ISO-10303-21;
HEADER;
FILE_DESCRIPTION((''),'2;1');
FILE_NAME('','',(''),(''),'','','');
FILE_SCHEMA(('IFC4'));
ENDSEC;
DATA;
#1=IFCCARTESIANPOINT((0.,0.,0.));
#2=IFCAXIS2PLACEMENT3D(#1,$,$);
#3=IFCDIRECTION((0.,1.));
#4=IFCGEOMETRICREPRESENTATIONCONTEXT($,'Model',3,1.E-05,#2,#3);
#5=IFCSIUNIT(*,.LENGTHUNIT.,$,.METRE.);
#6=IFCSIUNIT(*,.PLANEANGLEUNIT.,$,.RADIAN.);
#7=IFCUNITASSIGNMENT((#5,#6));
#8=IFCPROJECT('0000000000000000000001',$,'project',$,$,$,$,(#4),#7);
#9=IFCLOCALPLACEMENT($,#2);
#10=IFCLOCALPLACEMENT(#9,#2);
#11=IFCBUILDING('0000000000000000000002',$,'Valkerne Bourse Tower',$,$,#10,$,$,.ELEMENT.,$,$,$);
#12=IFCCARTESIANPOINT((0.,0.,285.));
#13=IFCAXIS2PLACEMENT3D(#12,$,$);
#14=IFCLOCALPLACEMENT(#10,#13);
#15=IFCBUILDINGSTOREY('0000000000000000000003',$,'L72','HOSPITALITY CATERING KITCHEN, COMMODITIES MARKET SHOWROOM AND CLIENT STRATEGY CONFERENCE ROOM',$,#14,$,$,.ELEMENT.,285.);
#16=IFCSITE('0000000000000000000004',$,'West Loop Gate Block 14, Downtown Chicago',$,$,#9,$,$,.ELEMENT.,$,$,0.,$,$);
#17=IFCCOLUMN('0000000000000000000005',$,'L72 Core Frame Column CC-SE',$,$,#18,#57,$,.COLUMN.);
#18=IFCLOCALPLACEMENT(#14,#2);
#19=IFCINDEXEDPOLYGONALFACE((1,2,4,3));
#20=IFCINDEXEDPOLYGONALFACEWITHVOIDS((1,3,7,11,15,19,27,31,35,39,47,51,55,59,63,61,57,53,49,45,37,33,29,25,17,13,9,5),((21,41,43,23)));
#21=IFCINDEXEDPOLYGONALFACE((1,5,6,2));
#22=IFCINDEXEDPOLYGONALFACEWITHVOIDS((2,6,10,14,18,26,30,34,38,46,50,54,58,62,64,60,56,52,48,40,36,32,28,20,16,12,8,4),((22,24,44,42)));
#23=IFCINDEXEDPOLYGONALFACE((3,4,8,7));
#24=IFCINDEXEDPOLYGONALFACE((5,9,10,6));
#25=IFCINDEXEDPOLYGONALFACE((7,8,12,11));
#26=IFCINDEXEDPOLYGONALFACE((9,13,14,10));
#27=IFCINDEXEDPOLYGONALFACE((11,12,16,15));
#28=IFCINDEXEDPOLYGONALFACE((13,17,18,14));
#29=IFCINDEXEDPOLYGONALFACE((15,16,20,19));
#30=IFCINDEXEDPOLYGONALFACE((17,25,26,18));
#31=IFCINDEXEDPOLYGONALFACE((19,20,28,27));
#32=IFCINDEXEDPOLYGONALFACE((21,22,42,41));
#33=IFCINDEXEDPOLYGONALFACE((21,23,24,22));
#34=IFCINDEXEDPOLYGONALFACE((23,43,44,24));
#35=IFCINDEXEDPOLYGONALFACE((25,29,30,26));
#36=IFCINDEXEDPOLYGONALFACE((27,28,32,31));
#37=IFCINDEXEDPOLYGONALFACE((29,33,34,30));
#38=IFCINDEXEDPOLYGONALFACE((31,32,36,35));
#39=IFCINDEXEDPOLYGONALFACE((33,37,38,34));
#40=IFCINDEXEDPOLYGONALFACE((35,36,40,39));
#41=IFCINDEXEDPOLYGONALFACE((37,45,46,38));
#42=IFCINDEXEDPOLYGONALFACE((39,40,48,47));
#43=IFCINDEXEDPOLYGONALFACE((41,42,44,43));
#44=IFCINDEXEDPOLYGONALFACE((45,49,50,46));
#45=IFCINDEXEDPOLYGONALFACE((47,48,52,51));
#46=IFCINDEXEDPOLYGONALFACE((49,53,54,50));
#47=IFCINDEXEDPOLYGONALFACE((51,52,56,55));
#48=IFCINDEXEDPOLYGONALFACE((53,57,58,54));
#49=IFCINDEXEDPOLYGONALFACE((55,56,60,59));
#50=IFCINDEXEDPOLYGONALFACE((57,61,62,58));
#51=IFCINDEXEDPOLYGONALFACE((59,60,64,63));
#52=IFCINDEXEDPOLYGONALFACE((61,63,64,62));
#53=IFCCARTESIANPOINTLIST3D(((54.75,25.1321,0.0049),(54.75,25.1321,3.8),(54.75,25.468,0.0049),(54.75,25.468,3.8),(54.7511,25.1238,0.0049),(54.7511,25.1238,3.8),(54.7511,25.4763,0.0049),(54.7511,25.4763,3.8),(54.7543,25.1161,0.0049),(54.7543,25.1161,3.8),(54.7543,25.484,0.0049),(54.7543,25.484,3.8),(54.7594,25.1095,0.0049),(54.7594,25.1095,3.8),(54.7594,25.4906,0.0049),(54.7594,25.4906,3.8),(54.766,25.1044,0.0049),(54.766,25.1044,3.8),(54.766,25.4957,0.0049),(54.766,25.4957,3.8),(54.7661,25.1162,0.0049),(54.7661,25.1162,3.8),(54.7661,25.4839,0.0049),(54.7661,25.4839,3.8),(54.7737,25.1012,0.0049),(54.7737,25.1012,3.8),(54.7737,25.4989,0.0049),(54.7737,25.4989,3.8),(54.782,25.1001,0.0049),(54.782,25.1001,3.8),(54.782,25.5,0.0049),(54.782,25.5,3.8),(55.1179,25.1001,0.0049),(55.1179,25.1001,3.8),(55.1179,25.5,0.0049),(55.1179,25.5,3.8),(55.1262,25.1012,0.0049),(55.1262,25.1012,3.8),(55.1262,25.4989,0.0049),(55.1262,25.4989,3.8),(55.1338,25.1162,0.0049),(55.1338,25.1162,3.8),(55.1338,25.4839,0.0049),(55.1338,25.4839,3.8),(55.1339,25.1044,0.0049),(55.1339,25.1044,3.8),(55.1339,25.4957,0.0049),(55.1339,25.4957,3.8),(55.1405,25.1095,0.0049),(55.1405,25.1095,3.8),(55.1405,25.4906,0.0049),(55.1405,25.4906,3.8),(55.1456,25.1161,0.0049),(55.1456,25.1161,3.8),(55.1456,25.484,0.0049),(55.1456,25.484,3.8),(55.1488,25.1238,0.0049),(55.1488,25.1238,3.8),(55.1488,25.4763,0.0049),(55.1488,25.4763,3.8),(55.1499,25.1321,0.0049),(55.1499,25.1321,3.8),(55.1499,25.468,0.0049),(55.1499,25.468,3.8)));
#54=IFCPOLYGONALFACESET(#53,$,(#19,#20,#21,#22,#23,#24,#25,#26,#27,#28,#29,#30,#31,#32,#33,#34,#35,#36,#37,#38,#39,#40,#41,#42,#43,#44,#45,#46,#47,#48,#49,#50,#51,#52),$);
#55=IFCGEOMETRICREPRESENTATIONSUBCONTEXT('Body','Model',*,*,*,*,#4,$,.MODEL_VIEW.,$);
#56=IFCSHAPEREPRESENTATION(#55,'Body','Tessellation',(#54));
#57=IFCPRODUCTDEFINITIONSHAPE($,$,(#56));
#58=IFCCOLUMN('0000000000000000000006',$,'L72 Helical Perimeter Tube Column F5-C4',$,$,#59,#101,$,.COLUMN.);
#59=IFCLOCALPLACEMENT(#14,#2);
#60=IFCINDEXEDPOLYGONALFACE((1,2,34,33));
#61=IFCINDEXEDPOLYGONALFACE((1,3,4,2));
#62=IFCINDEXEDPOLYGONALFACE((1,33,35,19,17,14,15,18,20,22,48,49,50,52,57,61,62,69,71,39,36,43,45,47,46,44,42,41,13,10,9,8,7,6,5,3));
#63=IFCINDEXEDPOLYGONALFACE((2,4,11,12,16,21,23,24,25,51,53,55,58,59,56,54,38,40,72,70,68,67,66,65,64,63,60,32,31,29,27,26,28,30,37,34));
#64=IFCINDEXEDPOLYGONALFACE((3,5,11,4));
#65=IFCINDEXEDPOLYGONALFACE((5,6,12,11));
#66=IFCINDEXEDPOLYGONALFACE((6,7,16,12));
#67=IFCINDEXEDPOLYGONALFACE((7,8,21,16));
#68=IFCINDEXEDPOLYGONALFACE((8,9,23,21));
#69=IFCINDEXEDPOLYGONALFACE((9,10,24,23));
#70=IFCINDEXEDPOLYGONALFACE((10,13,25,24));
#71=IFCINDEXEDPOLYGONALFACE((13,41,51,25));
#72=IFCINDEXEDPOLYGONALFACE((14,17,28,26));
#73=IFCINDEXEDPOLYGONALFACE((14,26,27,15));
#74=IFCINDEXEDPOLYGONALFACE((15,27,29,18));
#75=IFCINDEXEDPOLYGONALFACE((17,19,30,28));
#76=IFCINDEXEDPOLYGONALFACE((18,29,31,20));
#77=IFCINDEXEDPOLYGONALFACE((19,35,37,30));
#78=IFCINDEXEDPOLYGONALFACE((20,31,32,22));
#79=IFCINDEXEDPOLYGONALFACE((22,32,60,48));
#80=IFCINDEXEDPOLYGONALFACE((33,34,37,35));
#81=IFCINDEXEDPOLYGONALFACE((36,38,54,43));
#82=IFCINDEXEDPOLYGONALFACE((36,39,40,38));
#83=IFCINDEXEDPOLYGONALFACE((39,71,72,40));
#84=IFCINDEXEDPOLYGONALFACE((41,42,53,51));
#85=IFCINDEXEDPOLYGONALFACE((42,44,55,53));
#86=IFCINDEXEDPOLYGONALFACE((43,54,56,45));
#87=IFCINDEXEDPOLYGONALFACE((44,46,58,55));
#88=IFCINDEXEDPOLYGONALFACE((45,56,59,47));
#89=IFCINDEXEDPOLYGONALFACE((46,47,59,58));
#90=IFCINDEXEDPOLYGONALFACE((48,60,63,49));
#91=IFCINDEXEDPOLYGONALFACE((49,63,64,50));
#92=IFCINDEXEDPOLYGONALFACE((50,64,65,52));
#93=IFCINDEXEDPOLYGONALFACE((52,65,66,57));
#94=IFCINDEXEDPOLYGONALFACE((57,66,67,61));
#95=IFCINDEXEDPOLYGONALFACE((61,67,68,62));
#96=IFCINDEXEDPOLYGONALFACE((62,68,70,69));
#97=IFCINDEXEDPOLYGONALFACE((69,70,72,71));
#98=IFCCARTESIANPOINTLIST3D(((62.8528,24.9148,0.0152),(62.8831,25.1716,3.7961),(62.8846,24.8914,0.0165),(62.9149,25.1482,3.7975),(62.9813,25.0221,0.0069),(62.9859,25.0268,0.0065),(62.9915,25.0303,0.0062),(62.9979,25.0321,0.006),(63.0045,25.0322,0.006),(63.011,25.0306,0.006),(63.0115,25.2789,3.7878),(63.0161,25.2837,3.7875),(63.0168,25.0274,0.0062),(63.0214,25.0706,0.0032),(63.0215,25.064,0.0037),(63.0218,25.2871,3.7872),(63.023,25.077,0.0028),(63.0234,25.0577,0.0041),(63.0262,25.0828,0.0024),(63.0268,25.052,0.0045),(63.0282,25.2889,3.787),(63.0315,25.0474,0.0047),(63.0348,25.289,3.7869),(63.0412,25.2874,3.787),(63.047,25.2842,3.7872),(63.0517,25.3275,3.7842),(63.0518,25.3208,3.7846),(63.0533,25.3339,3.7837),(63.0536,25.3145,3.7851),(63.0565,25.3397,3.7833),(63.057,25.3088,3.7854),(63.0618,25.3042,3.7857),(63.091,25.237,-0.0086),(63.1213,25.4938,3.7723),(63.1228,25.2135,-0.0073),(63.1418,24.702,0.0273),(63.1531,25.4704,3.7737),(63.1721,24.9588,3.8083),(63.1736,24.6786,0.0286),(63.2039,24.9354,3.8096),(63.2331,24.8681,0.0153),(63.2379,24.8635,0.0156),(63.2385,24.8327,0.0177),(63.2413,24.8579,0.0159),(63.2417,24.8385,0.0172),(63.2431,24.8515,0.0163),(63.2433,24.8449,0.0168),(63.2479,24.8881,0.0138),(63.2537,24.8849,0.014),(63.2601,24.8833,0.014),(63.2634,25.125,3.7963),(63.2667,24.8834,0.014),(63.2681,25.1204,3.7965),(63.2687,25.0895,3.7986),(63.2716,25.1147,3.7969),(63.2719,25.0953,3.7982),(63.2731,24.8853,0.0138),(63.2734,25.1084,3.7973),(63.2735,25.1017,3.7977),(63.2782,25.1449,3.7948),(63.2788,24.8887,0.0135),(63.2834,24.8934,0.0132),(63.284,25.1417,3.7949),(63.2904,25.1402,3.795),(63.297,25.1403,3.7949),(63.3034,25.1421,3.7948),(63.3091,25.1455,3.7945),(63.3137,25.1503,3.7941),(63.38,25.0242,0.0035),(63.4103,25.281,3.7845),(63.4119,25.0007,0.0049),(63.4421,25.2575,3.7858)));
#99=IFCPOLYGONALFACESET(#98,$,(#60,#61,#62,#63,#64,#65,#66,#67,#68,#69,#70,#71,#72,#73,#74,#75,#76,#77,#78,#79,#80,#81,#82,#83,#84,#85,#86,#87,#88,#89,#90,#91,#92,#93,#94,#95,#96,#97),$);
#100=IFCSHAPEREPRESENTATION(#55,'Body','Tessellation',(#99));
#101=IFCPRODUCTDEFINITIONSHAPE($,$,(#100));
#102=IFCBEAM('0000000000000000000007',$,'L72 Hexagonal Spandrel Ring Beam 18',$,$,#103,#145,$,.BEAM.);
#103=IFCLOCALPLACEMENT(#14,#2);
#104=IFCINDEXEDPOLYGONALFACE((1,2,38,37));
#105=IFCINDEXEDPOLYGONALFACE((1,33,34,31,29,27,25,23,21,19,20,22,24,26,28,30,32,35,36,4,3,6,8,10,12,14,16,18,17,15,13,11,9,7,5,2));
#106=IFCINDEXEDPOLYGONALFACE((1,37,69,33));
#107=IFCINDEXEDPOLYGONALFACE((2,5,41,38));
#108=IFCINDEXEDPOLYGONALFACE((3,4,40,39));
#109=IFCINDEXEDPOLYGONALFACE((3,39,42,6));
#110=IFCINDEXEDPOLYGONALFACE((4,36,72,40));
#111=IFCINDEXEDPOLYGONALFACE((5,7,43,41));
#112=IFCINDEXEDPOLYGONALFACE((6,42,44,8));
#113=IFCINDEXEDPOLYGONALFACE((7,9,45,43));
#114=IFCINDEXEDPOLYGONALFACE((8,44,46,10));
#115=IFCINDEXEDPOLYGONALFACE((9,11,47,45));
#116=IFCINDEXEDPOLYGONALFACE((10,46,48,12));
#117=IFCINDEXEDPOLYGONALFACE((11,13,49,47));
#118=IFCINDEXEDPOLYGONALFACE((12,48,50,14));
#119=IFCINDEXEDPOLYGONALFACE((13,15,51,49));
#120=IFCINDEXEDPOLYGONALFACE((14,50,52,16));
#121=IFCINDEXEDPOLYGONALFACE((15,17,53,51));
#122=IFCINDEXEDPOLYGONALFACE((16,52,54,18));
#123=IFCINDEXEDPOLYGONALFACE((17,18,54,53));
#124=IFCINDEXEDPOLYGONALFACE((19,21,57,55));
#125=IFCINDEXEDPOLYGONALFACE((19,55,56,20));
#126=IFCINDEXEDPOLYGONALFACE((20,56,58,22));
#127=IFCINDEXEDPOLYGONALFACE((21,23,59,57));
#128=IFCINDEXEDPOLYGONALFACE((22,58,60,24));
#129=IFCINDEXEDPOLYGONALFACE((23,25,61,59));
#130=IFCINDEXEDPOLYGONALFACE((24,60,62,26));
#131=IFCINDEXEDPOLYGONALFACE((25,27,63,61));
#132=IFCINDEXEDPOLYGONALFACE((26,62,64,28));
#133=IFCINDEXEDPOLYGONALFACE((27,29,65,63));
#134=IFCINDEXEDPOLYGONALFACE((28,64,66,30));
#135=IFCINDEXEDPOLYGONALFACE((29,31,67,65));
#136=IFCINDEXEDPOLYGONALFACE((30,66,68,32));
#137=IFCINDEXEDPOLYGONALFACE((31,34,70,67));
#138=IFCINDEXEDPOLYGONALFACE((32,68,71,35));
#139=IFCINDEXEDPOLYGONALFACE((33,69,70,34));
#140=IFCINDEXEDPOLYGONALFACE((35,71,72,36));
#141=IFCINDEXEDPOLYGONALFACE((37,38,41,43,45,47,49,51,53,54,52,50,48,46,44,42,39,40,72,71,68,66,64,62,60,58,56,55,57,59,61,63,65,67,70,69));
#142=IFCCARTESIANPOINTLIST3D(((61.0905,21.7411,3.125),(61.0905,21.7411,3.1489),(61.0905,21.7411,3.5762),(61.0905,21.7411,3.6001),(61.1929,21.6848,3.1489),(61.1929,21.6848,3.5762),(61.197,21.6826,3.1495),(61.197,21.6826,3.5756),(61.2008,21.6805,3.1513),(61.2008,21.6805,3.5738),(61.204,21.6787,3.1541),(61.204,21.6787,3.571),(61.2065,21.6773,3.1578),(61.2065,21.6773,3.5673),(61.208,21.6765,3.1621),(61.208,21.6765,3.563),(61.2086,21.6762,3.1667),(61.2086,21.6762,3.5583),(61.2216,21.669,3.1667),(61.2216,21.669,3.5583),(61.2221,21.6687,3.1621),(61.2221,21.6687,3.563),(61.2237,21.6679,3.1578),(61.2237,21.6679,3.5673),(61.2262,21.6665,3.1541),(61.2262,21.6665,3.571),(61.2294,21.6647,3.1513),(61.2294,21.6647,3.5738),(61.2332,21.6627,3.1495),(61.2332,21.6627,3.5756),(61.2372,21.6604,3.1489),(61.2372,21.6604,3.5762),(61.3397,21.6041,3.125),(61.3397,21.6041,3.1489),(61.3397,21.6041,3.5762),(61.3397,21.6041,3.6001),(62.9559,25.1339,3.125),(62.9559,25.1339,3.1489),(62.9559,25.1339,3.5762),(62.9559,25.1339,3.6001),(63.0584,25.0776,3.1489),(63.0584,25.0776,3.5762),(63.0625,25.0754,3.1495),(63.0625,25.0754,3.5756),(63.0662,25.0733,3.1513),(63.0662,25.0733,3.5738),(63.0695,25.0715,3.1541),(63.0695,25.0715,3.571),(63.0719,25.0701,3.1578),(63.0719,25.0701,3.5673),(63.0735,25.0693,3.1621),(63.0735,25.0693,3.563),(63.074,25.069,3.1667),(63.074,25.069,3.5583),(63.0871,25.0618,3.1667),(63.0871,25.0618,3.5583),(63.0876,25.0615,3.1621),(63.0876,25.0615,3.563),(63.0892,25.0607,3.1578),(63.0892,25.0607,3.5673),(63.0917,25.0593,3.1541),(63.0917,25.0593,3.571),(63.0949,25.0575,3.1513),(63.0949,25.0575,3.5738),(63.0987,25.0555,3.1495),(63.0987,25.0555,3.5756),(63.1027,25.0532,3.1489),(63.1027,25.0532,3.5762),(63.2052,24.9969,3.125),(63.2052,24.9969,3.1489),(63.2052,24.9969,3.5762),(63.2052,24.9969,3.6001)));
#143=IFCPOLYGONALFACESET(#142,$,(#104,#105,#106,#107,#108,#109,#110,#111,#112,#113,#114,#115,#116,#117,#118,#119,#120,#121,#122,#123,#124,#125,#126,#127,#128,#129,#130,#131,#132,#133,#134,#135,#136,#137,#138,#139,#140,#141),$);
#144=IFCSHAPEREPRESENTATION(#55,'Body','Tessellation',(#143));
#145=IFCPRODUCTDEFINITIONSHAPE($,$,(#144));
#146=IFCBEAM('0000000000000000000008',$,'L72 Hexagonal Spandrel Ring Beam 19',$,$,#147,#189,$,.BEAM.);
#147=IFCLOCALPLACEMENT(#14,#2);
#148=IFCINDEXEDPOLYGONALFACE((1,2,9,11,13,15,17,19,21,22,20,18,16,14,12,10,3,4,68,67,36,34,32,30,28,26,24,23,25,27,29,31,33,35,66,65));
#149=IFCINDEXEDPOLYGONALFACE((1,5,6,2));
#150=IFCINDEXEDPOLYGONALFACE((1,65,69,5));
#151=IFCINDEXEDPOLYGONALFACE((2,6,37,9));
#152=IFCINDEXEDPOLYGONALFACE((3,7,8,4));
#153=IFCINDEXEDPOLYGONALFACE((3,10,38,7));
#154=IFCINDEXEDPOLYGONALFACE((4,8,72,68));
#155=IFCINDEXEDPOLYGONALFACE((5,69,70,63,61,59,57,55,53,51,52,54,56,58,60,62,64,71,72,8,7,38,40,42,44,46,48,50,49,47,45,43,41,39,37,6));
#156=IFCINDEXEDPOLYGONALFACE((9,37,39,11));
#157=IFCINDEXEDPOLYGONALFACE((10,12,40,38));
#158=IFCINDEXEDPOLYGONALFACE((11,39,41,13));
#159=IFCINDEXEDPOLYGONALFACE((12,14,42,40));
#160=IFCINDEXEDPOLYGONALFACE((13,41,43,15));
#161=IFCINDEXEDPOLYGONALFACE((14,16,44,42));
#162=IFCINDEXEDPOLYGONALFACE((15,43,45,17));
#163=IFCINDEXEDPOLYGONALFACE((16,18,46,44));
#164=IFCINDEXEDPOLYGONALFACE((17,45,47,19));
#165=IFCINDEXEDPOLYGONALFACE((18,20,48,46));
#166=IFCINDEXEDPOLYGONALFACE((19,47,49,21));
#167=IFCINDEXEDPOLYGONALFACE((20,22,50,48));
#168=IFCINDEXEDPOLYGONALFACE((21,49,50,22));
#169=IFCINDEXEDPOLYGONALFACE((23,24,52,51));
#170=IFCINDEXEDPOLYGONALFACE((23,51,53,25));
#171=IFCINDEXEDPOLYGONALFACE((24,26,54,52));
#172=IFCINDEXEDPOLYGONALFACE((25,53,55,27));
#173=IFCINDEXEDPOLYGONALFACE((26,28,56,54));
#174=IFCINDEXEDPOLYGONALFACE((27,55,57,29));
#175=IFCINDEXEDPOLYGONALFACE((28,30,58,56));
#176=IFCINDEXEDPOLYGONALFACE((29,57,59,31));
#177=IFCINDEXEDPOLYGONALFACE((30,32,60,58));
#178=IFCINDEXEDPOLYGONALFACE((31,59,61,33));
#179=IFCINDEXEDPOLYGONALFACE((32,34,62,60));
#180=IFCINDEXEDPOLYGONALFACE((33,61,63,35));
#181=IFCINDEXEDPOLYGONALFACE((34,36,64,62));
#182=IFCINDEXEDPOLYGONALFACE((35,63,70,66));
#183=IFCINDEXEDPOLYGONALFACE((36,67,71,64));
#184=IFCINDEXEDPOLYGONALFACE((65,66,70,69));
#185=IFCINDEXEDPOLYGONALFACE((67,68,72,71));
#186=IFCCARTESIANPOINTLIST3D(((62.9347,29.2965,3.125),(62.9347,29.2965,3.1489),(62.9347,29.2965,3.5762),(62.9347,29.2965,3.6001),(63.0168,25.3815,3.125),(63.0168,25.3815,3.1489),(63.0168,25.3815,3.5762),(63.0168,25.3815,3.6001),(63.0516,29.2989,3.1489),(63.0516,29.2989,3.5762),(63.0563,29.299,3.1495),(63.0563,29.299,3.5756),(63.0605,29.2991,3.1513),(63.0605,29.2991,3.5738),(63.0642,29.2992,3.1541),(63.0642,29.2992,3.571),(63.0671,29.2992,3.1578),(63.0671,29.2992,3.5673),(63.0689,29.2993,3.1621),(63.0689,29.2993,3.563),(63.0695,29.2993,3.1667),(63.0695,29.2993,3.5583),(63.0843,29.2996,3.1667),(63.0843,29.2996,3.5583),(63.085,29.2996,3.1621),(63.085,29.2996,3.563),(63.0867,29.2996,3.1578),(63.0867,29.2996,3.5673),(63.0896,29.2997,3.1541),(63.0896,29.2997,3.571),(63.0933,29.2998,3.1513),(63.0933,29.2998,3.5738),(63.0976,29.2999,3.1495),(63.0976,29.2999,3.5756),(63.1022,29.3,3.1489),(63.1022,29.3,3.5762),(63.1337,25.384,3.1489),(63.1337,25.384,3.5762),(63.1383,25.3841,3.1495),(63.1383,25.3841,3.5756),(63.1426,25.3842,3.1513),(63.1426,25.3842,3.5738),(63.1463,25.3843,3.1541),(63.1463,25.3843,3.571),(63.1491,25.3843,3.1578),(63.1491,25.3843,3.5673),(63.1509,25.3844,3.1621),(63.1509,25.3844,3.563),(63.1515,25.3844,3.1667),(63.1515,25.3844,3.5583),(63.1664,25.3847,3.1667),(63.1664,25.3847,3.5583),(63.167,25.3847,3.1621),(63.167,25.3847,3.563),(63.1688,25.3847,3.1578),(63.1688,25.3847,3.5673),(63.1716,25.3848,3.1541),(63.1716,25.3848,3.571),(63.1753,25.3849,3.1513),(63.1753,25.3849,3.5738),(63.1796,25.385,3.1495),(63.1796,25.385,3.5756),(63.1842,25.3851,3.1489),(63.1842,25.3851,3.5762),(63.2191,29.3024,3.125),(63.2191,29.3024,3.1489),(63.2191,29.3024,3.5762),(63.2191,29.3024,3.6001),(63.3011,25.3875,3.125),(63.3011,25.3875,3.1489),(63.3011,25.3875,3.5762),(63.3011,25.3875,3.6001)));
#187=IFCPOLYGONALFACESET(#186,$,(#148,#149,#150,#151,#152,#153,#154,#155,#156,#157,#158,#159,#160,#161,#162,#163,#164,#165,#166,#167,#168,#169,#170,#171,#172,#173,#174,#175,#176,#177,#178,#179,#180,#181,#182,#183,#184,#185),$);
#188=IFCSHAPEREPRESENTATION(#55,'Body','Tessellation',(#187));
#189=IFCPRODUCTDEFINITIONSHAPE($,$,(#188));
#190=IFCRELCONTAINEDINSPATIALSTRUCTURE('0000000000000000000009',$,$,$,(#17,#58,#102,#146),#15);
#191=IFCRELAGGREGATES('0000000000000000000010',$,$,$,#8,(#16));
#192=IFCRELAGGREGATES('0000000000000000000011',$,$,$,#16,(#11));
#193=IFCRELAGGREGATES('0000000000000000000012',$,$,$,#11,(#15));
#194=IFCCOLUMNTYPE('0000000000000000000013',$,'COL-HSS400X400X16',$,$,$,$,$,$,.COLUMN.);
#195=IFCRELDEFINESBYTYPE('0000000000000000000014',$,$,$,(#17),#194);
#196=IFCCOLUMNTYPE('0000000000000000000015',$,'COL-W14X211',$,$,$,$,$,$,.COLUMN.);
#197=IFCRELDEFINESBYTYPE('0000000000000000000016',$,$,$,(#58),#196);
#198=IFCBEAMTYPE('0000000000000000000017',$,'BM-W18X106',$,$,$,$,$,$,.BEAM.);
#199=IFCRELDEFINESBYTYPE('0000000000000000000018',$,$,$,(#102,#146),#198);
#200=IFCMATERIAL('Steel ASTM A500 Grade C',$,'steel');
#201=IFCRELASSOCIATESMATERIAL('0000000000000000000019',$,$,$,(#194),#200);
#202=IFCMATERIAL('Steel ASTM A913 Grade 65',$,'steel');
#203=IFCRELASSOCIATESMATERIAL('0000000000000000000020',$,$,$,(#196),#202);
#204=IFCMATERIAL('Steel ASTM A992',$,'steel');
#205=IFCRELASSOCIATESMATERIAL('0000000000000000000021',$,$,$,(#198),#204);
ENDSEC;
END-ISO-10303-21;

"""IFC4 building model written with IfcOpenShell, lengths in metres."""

from ifc_helpers import new_model, si_unit, direction, frame, origin, origin_2d, place, context, subcontext, project, spatial, hollow_rectangle, i_section, extrude, material, material_profile, profile_set, type_object, element, save


model = new_model("IFC4")

# Units and contexts
model_context = context("Model", 3, precision=1e-05, world=origin(), true_north=direction((0.0, 1.0)))
body_context = subcontext(model_context, "Body", "Model", "MODEL_VIEW")
ifc_project = project(units=[si_unit("LENGTHUNIT", "METRE"), si_unit("PLANEANGLEUNIT", "RADIAN")], contexts=[model_context])

# Site, building, storey
site_placement = place(None, origin())
site = spatial("IfcSite", under=ifc_project, at=site_placement, Name="West Loop Gate Block 14, Downtown Chicago", CompositionType="ELEMENT", RefElevation=0.0)
building_placement = place(site_placement, origin())
building = spatial("IfcBuilding", under=site, at=building_placement, Name="Valkerne Bourse Tower", CompositionType="ELEMENT")
storey_placement = place(building_placement, frame((0.0, 0.0, 285.0)))
storey = spatial("IfcBuildingStorey", under=building, at=storey_placement, Name="L72", Description="HOSPITALITY CATERING KITCHEN, COMMODITIES MARKET SHOWROOM AND CLIENT STRATEGY CONFERENCE ROOM", CompositionType="ELEMENT", Elevation=285.0)

# Columns
ifc_material_1 = material(Name="Steel ASTM A500 Grade C", Category="steel")
ifc_material_profile_1 = material_profile(ifc_material_1, hollow_rectangle(XDim=0.3999, YDim=0.3999, WallThickness=0.0161, OuterFilletRadius=0.032, at=origin_2d()), Name="HSS400X400X16")
ifc_profile_set_1 = profile_set([ifc_material_profile_1], Name="Steel ASTM A500 Grade C")
column_type_1 = type_object("IfcColumnType", Name="COL-HSS400X400X16", PredefinedType="COLUMN", material=ifc_profile_set_1)
column_1_placement = place(storey_placement, frame((54.95, 25.3, 0.0049), z_axis=(0.0, 0.0, 1.0), x_axis=(1.0, 0.0, 0.0)))
element("IfcColumn", 1, at=column_1_placement, inside=storey, type_object=column_type_1, Name="L72 Core Frame Column CC-SE", PredefinedType="COLUMN", context=body_context, shape_type="SweptSolid", body=[
    extrude(hollow_rectangle(XDim=0.3999, YDim=0.3999, WallThickness=0.0161, OuterFilletRadius=0.032, at=origin_2d()), origin(), (0.0, 0.0, 1.0), 3.7952),
])
ifc_material_2 = material(Name="Steel ASTM A913 Grade 65", Category="steel")
ifc_material_profile_2 = material_profile(ifc_material_2, i_section(OverallWidth=0.4014, OverallDepth=0.3987, WebThickness=0.0249, FlangeThickness=0.0396, FilletRadius=0.0254, at=origin_2d()), Name="W14X211")
ifc_profile_set_2 = profile_set([ifc_material_profile_2], Name="Steel ASTM A913 Grade 65")
column_type_2 = type_object("IfcColumnType", Name="COL-W14X211", PredefinedType="COLUMN", material=ifc_profile_set_2)
column_2_placement = place(storey_placement, frame((63.1323, 24.9578, 0.01), z_axis=(0.007988, 0.06777, 0.997669), x_axis=(-0.593498, -0.80265, 0.059274)))
element("IfcColumn", 2, at=column_2_placement, inside=storey, type_object=column_type_2, Name="L72 Helical Perimeter Tube Column F5-C4", PredefinedType="COLUMN", context=body_context, shape_type="SweptSolid", body=[
    extrude(i_section(OverallWidth=0.4014, OverallDepth=0.3987, WebThickness=0.0249, FlangeThickness=0.0396, FilletRadius=0.0254, at=origin_2d()), origin(), (0.0, 0.0, 1.0), 3.7898),
])

# Beams
ifc_material_3 = material(Name="Steel ASTM A992", Category="steel")
ifc_material_profile_3 = material_profile(ifc_material_3, i_section(OverallWidth=0.2844, OverallDepth=0.4751, WebThickness=0.0149, FlangeThickness=0.0239, FilletRadius=0.0178, at=origin_2d()), Name="W18X106")
ifc_profile_set_3 = profile_set([ifc_material_profile_3], Name="Steel ASTM A992")
beam_type_1 = type_object("IfcBeamType", Name="BM-W18X106", PredefinedType="BEAM", material=ifc_profile_set_3)
beam_1_placement = place(storey_placement, frame((61.2151, 21.6726, 3.3625), z_axis=(0.481805, 0.876278, 0.0), x_axis=(-0.876278, 0.481805, 0.0)))
element("IfcBeam", 3, at=beam_1_placement, inside=storey, type_object=beam_type_1, Name="L72 Hexagonal Spandrel Ring Beam 18", PredefinedType="BEAM", context=body_context, shape_type="SweptSolid", body=[
    extrude(i_section(OverallWidth=0.2844, OverallDepth=0.4751, WebThickness=0.0149, FlangeThickness=0.0239, FilletRadius=0.0178, at=origin_2d()), origin(), (0.0, 0.0, 1.0), 3.8718),
])
beam_2_placement = place(storey_placement, frame((63.1589, 25.3845, 3.3625), z_axis=(-0.02095, 0.999781, 0.0), x_axis=(-0.999781, -0.02095, 0.0)))
element("IfcBeam", 4, at=beam_2_placement, inside=storey, type_object=beam_type_1, Name="L72 Hexagonal Spandrel Ring Beam 19", PredefinedType="BEAM", context=body_context, shape_type="SweptSolid", body=[
    extrude(i_section(OverallWidth=0.2844, OverallDepth=0.4751, WebThickness=0.0149, FlangeThickness=0.0239, FilletRadius=0.0178, at=origin_2d()), origin(), (0.0, 0.0, 1.0), 3.9158),
])

save(model, "model.ifc")
